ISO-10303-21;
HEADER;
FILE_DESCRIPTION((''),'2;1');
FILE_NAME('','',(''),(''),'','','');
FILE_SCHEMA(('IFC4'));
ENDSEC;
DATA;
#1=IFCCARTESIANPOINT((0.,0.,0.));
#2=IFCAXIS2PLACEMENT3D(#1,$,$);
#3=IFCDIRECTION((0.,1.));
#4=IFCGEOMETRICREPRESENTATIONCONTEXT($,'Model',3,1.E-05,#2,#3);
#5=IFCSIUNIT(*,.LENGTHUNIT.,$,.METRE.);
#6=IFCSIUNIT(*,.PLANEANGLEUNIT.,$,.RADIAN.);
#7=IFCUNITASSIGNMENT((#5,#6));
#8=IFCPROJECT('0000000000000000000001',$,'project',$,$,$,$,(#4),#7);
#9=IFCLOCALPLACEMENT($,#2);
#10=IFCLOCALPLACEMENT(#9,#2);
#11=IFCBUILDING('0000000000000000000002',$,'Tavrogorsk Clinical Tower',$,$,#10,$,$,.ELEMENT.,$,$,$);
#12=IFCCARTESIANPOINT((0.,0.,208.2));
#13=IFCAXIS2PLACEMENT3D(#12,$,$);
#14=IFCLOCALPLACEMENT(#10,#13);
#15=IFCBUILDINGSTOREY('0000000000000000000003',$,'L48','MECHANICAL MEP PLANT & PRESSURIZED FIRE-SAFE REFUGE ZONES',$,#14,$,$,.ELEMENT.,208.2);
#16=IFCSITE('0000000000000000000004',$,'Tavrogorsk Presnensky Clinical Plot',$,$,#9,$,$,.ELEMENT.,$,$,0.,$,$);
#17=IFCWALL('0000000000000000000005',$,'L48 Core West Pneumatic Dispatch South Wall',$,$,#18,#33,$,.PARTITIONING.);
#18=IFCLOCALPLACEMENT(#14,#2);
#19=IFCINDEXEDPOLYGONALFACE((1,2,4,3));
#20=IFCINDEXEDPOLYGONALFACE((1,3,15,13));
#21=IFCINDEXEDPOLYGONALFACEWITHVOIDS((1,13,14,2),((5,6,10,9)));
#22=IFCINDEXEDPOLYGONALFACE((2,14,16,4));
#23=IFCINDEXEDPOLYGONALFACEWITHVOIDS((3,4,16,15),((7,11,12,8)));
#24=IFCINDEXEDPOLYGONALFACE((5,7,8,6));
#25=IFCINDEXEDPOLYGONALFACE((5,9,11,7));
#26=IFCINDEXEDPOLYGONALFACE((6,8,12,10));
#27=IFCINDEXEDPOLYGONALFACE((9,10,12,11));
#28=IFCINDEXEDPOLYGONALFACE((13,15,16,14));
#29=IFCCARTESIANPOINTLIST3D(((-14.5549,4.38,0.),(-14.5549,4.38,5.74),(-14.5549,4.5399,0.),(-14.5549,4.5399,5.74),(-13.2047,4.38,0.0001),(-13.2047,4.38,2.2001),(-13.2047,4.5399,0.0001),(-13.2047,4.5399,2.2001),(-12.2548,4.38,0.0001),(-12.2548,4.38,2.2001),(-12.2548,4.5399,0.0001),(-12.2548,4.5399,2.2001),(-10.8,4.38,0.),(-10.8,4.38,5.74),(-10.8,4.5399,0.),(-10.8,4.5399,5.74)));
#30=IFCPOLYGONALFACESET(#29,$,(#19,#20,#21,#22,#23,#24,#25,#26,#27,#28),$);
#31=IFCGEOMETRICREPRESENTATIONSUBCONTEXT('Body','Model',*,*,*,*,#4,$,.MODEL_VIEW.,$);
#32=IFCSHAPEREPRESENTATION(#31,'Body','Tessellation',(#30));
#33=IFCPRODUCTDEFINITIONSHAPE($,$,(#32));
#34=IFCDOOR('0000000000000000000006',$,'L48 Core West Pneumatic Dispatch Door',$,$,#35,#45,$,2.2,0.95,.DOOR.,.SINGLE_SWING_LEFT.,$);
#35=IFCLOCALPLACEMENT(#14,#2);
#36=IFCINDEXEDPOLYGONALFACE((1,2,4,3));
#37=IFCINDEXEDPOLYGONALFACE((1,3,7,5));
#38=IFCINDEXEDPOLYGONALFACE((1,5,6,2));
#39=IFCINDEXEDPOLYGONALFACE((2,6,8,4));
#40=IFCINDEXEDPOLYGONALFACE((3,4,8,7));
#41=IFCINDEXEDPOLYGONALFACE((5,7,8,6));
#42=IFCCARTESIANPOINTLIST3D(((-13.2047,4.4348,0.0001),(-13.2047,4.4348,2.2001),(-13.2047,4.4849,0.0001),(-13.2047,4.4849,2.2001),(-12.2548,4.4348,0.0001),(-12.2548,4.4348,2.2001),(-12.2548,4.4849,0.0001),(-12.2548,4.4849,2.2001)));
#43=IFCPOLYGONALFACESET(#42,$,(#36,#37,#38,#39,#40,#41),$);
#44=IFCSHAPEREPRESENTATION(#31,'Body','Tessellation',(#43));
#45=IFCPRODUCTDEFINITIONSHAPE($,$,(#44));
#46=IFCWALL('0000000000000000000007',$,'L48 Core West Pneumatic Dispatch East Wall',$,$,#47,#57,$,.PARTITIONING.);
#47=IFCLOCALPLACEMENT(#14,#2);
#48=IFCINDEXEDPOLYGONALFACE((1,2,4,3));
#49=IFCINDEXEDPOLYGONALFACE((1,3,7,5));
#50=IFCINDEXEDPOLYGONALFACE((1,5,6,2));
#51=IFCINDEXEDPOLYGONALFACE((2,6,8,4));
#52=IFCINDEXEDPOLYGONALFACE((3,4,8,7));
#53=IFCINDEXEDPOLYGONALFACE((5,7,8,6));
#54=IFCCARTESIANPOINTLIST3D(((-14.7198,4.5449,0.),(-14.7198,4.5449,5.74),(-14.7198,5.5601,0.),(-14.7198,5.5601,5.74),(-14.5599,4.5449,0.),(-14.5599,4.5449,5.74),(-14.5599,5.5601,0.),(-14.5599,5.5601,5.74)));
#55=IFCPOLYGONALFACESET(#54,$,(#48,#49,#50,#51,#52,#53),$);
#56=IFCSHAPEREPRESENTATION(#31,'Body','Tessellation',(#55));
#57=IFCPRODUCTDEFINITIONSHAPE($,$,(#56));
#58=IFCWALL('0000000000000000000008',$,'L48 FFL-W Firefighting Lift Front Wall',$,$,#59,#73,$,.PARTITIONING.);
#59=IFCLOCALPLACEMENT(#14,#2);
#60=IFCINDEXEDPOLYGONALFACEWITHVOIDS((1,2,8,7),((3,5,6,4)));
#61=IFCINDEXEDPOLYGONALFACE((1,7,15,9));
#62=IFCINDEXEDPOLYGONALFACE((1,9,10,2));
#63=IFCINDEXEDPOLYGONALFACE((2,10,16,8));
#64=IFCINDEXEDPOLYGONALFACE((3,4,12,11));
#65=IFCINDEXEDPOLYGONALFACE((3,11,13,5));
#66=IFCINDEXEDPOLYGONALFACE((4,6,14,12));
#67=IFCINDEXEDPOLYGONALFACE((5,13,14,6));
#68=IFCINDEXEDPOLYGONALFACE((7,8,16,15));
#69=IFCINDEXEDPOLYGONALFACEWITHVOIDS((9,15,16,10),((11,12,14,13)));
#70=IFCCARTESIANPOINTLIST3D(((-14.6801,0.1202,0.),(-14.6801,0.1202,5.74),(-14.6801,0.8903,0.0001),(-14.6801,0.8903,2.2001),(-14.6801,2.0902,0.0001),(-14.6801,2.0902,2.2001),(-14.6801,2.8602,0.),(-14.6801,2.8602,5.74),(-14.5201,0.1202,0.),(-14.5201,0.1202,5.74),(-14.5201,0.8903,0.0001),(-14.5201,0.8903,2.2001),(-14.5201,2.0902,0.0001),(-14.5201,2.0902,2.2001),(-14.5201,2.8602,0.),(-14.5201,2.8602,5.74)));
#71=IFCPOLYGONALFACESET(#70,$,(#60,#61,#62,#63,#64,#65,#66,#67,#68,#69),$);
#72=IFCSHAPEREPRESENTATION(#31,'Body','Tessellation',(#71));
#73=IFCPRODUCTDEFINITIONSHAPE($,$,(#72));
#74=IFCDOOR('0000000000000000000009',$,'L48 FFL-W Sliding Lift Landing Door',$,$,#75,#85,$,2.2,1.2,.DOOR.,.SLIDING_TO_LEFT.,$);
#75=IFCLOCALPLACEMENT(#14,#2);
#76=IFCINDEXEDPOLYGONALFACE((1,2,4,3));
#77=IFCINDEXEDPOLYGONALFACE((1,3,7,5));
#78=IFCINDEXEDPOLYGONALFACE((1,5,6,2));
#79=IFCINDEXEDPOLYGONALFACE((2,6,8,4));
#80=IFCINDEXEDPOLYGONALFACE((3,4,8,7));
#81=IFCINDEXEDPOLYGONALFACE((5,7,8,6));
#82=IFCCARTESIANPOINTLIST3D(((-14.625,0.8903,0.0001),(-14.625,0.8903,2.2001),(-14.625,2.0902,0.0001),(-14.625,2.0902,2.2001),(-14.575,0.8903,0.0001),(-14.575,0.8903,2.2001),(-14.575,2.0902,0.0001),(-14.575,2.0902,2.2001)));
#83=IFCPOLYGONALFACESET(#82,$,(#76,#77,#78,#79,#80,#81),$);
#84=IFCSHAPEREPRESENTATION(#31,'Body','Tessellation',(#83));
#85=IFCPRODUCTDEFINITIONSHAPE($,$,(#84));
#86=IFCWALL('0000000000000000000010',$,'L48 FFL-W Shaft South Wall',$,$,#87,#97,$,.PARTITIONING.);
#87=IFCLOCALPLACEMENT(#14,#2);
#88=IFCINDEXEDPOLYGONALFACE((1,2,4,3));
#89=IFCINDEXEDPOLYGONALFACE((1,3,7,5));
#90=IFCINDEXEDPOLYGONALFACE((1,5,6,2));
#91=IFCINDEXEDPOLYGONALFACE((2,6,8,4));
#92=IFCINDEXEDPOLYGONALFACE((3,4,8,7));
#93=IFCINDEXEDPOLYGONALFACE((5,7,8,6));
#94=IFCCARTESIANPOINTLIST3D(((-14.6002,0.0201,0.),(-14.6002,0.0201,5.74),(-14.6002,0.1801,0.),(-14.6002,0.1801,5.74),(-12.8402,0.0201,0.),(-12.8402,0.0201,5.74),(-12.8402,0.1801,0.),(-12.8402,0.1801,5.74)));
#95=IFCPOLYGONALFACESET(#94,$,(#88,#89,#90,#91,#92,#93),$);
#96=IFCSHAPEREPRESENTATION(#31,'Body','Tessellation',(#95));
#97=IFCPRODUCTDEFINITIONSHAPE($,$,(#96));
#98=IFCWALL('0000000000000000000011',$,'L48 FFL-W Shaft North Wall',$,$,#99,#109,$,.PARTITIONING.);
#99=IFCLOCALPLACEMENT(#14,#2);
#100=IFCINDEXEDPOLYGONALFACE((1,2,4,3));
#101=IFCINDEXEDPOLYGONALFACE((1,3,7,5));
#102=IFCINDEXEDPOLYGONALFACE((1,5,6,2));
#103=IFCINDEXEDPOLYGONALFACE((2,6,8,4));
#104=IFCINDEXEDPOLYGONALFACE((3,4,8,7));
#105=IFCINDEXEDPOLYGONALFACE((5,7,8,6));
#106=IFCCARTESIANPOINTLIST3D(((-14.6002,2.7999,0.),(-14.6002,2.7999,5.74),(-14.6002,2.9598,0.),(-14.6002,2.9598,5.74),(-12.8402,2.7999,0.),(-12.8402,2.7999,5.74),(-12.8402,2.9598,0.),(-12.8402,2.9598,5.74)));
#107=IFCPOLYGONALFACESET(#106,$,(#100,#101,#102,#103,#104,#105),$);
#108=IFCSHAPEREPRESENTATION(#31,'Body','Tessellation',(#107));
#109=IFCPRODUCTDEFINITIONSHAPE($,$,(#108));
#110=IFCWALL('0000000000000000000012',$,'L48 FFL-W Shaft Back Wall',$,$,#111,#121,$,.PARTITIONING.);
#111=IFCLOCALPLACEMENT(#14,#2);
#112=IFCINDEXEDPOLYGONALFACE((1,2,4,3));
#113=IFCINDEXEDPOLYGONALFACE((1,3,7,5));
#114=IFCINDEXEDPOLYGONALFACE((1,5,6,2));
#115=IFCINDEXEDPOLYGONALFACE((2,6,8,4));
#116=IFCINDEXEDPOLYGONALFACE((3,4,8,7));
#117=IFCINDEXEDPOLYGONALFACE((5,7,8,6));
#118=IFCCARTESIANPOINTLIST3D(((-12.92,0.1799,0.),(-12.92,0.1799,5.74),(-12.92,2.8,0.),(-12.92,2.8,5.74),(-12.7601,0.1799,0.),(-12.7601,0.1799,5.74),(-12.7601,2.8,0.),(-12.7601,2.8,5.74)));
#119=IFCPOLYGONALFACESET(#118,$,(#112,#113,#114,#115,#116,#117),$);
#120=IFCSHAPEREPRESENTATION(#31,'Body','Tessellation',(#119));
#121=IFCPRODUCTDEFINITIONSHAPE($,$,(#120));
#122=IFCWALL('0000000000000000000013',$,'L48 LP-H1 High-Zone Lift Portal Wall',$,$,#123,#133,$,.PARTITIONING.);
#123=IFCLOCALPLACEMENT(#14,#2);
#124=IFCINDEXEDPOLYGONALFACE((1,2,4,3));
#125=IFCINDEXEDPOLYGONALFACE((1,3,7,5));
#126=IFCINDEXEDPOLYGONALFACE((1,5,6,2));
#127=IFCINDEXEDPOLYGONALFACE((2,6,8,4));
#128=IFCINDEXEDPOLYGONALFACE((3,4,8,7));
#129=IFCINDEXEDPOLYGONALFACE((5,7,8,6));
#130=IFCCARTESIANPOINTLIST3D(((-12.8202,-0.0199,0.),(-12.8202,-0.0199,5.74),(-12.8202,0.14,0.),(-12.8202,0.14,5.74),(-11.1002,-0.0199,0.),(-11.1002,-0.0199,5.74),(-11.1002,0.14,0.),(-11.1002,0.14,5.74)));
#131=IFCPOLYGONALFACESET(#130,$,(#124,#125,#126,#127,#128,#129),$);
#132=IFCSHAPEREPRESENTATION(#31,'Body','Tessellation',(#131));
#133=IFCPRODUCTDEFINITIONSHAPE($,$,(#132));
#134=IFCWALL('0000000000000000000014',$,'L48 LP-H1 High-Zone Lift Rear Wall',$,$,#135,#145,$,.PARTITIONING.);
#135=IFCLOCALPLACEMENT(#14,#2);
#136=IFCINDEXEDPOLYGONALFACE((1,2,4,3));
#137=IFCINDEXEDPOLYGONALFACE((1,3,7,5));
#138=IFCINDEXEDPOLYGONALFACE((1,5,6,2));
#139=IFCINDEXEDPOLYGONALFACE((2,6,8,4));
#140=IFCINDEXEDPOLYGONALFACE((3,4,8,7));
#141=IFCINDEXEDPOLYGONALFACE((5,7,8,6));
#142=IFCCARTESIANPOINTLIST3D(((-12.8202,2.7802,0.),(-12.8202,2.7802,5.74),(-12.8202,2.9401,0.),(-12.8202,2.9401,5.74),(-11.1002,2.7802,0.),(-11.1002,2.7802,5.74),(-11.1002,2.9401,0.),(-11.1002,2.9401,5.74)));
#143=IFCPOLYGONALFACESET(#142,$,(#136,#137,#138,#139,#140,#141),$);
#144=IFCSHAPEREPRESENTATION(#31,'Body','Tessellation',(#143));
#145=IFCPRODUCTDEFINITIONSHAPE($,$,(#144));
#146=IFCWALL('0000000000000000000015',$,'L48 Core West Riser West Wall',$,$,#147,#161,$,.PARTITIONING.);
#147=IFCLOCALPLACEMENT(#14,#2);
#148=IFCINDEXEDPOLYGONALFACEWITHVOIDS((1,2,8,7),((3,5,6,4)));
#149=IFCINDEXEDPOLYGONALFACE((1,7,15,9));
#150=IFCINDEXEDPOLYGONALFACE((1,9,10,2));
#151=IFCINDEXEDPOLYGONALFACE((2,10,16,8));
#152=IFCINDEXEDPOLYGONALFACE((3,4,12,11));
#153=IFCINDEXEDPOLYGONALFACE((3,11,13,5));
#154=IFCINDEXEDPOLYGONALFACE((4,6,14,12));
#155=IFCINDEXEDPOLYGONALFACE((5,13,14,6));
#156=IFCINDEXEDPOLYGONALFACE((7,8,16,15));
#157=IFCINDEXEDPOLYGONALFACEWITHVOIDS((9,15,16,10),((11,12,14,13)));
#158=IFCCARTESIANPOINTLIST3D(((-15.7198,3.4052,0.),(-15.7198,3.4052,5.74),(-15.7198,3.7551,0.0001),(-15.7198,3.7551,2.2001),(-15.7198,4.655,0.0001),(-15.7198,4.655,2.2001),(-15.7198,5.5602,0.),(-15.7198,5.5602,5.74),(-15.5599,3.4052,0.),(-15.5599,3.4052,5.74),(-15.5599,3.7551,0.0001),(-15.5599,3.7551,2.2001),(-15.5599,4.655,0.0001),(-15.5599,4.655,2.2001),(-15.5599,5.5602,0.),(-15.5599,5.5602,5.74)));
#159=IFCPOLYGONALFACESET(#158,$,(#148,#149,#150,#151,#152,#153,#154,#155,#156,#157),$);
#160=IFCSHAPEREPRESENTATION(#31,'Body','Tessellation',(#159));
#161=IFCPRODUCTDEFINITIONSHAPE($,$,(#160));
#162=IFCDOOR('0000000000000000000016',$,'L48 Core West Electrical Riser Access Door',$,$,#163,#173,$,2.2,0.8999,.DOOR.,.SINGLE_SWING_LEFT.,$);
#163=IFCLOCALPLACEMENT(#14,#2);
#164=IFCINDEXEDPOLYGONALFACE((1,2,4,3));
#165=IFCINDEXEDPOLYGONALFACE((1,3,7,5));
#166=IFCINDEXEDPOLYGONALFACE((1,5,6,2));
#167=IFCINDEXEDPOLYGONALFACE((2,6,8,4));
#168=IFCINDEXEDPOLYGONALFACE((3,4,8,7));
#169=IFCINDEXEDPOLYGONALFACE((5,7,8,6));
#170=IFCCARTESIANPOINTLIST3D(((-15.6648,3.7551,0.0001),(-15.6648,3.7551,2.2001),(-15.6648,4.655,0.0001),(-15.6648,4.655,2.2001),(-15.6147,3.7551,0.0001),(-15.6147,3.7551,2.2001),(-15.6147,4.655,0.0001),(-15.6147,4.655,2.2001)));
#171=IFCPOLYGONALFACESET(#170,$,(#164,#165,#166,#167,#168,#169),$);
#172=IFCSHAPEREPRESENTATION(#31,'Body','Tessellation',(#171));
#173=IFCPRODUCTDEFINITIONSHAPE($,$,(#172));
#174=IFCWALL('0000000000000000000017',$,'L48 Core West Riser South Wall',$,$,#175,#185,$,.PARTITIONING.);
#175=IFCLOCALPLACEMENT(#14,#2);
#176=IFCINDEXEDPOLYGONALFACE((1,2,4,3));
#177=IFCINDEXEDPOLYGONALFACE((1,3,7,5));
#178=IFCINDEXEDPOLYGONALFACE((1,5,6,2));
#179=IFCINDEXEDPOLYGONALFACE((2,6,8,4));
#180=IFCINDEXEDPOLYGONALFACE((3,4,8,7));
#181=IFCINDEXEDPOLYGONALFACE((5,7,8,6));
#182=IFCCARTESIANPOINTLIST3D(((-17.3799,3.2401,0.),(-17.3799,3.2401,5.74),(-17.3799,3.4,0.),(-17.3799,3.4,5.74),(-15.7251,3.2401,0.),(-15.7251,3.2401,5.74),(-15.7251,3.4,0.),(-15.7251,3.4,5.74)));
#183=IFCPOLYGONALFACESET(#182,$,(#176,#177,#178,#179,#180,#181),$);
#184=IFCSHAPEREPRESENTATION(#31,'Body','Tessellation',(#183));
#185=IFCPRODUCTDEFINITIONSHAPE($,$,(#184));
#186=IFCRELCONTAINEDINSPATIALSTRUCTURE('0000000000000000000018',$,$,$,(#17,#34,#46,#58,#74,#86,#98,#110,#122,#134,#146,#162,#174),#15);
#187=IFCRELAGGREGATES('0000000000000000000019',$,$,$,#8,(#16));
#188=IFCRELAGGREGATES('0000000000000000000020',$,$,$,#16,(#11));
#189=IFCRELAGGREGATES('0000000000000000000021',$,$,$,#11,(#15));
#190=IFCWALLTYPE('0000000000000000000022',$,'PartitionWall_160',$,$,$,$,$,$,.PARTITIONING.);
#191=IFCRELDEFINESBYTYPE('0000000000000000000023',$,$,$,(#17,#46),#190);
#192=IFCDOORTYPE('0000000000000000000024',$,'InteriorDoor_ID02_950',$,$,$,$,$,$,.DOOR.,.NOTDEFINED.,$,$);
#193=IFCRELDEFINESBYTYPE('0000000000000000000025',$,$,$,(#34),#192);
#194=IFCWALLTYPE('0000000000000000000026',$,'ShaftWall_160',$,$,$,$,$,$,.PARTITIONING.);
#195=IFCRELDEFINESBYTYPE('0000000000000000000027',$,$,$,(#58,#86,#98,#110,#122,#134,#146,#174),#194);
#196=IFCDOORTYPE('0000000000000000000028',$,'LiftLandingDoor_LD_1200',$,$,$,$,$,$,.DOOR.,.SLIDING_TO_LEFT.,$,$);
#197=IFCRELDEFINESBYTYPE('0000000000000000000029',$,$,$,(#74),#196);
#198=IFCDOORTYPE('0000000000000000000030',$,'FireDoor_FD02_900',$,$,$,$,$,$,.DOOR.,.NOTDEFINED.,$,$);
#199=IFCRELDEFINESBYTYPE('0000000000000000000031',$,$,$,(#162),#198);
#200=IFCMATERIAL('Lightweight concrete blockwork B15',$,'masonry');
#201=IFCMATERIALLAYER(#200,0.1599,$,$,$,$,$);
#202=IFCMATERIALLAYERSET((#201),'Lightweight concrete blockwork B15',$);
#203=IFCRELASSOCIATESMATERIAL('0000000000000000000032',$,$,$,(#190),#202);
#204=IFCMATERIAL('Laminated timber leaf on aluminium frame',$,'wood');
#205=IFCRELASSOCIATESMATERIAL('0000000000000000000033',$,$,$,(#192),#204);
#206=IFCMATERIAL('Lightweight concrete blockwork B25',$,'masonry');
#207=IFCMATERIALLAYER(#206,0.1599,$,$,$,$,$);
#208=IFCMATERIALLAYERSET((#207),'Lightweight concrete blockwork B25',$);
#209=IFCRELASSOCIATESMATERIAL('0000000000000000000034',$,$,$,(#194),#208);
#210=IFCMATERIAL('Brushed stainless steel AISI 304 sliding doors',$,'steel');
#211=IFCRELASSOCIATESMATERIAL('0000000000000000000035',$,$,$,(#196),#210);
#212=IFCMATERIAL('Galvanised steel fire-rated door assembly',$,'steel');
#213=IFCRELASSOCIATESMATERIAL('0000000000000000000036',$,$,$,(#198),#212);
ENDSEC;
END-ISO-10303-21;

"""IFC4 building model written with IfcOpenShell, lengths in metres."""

from ifc_helpers import new_model, si_unit, direction, frame, frame_2d, origin, place, context, subcontext, project, spatial, rectangle, extrude, material, layer, layer_set, type_object, element, fill, save


model = new_model("IFC4")

# Units and contexts
model_context = context("Model", 3, precision=1e-05, world=origin(), true_north=direction((0.0, 1.0)))
body_context = subcontext(model_context, "Body", "Model", "MODEL_VIEW")
ifc_project = project(units=[si_unit("LENGTHUNIT", "METRE"), si_unit("PLANEANGLEUNIT", "RADIAN")], contexts=[model_context])

# Site, building, storey
site_placement = place(None, origin())
site = spatial("IfcSite", under=ifc_project, at=site_placement, Name="Tavrogorsk Presnensky Clinical Plot", CompositionType="ELEMENT", RefElevation=0.0)
building_placement = place(site_placement, origin())
building = spatial("IfcBuilding", under=site, at=building_placement, Name="Tavrogorsk Clinical Tower", CompositionType="ELEMENT")
storey_placement = place(building_placement, frame((0.0, 0.0, 208.2)))
storey = spatial("IfcBuildingStorey", under=building, at=storey_placement, Name="L48", Description="MECHANICAL MEP PLANT & PRESSURIZED FIRE-SAFE REFUGE ZONES", CompositionType="ELEMENT", Elevation=208.2)

# Wall, opening, door
ifc_material_1 = material(Name="Lightweight concrete blockwork B15", Category="masonry")
ifc_layer_1 = layer(ifc_material_1, 0.1599)
ifc_layer_set_1 = layer_set([ifc_layer_1], Name="Lightweight concrete blockwork B15")
wall_type_1 = type_object("IfcWallType", Name="PartitionWall_160", PredefinedType="PARTITIONING", material=ifc_layer_set_1)
wall_1_placement = place(storey_placement, frame((-14.5549, 4.46, 0.0), z_axis=(0.0, 0.0, 1.0), x_axis=(1.0, 0.0, 0.0)))
wall_1 = element("IfcWall", 1, at=wall_1_placement, inside=storey, type_object=wall_type_1, Name="L48 Core West Pneumatic Dispatch South Wall", PredefinedType="PARTITIONING", context=body_context, shape_type="SweptSolid", body=[
    extrude(rectangle(XDim=3.7549, YDim=0.1599, at=frame_2d((1.8774, 0.0))), origin(), (0.0, 0.0, 1.0), 5.74),
])
opening_1_placement = place(wall_1_placement, frame((1.3501, 0.0, 0.0)))
opening_1 = element("IfcOpeningElement", 2, at=opening_1_placement, cuts=wall_1, PredefinedType="OPENING", context=body_context, shape_type="SweptSolid", body=[
    extrude(rectangle(XDim=0.95, YDim=2.2, at=frame_2d((0.4751, 1.1001))), frame((0.0, 0.0898, 0.0), z_axis=(0.0, -1.0, 0.0), x_axis=(1.0, 0.0, 0.0)), (0.0, 0.0, 1.0), 0.1799),
])
ifc_material_2 = material(Name="Laminated timber leaf on aluminium frame", Category="wood")
door_type_1 = type_object("IfcDoorType", Name="InteriorDoor_ID02_950", OperationType="NOTDEFINED", PredefinedType="DOOR", material=ifc_material_2)
door_1_placement = place(opening_1_placement, origin())
door_1 = element("IfcDoor", 3, at=door_1_placement, inside=storey, type_object=door_type_1, Name="L48 Core West Pneumatic Dispatch Door", OperationType="SINGLE_SWING_LEFT", OverallHeight=2.2, OverallWidth=0.95, PredefinedType="DOOR", context=body_context, shape_type="SweptSolid", body=[
    extrude(rectangle(XDim=0.95, YDim=2.2, at=frame_2d((0.4751, 1.1001))), frame((0.0, 0.0249, 0.0), z_axis=(0.0, -1.0, 0.0), x_axis=(1.0, 0.0, 0.0)), (0.0, 0.0, 1.0), 0.05),
])
fill(opening_1, door_1)

# Wall
wall_2_placement = place(storey_placement, frame((-14.6399, 4.5449, 0.0), z_axis=(0.0, 0.0, 1.0), x_axis=(0.0, 1.0, 0.0)))
element("IfcWall", 4, at=wall_2_placement, inside=storey, type_object=wall_type_1, Name="L48 Core West Pneumatic Dispatch East Wall", PredefinedType="PARTITIONING", context=body_context, shape_type="SweptSolid", body=[
    extrude(rectangle(XDim=1.0151, YDim=0.1599, at=frame_2d((0.5076, 0.0))), origin(), (0.0, 0.0, 1.0), 5.74),
])

# Wall, opening, door
ifc_material_3 = material(Name="Lightweight concrete blockwork B25", Category="masonry")
ifc_layer_2 = layer(ifc_material_3, 0.1599)
ifc_layer_set_2 = layer_set([ifc_layer_2], Name="Lightweight concrete blockwork B25")
wall_type_2 = type_object("IfcWallType", Name="ShaftWall_160", PredefinedType="PARTITIONING", material=ifc_layer_set_2)
wall_3_placement = place(storey_placement, frame((-14.6001, 0.1201, 0.0), z_axis=(0.0, 0.0, 1.0), x_axis=(0.0, 1.0, 0.0)))
wall_3 = element("IfcWall", 5, at=wall_3_placement, inside=storey, type_object=wall_type_2, Name="L48 FFL-W Firefighting Lift Front Wall", PredefinedType="PARTITIONING", context=body_context, shape_type="SweptSolid", body=[
    extrude(rectangle(XDim=2.74, YDim=0.1599, at=frame_2d((1.3701, 0.0))), origin(), (0.0, 0.0, 1.0), 5.74),
])
opening_2_placement = place(wall_3_placement, frame((0.77, 0.0, 0.0)))
opening_2 = element("IfcOpeningElement", 6, at=opening_2_placement, cuts=wall_3, PredefinedType="OPENING", context=body_context, shape_type="SweptSolid", body=[
    extrude(rectangle(XDim=1.2, YDim=2.2, at=frame_2d((0.6001, 1.1001))), frame((0.0, 0.0898, 0.0), z_axis=(0.0, -1.0, 0.0), x_axis=(1.0, 0.0, 0.0)), (0.0, 0.0, 1.0), 0.1799),
])
ifc_material_4 = material(Name="Brushed stainless steel AISI 304 sliding doors", Category="steel")
door_type_2 = type_object("IfcDoorType", Name="LiftLandingDoor_LD_1200", OperationType="SLIDING_TO_LEFT", PredefinedType="DOOR", material=ifc_material_4)
door_2_placement = place(opening_2_placement, origin())
door_2 = element("IfcDoor", 7, at=door_2_placement, inside=storey, type_object=door_type_2, Name="L48 FFL-W Sliding Lift Landing Door", OperationType="SLIDING_TO_LEFT", OverallHeight=2.2, OverallWidth=1.2, PredefinedType="DOOR", context=body_context, shape_type="SweptSolid", body=[
    extrude(rectangle(XDim=1.2, YDim=2.2, at=frame_2d((0.6001, 1.1001))), frame((0.0, 0.0249, 0.0), z_axis=(0.0, -1.0, 0.0), x_axis=(1.0, 0.0, 0.0)), (0.0, 0.0, 1.0), 0.05),
])
fill(opening_2, door_2)

# Walls
for number, where, z_axis, x_axis, name in (
    (8, (-14.6001, 0.1001, 0.0), (0.0, 0.0, 1.0), (1.0, 0.0, 0.0), "L48 FFL-W Shaft South Wall"),
    (9, (-14.6001, 2.8799, 0.0), (0.0, 0.0, 1.0), (1.0, 0.0, 0.0), "L48 FFL-W Shaft North Wall"),
):
    element("IfcWall", number, at=place(storey_placement, frame(where, z_axis=z_axis, x_axis=x_axis)), inside=storey, type_object=wall_type_2, Name=name, PredefinedType="PARTITIONING", context=body_context, shape_type="SweptSolid", body=[
        extrude(rectangle(XDim=1.76, YDim=0.1599, at=frame_2d((0.8799, 0.0))), origin(), (0.0, 0.0, 1.0), 5.74),
    ])
wall_4_placement = place(storey_placement, frame((-12.8401, 0.1799, 0.0), z_axis=(0.0, 0.0, 1.0), x_axis=(0.0, 1.0, 0.0)))
element("IfcWall", 10, at=wall_4_placement, inside=storey, type_object=wall_type_2, Name="L48 FFL-W Shaft Back Wall", PredefinedType="PARTITIONING", context=body_context, shape_type="SweptSolid", body=[
    extrude(rectangle(XDim=2.6201, YDim=0.1599, at=frame_2d((1.3101, 0.0))), origin(), (0.0, 0.0, 1.0), 5.74),
])
for number, where, z_axis, x_axis, name in (
    (11, (-12.8201, 0.0601, 0.0), (0.0, 0.0, 1.0), (1.0, 0.0, 0.0), "L48 LP-H1 High-Zone Lift Portal Wall"),
    (12, (-12.8201, 2.8601, 0.0), (0.0, 0.0, 1.0), (1.0, 0.0, 0.0), "L48 LP-H1 High-Zone Lift Rear Wall"),
):
    element("IfcWall", number, at=place(storey_placement, frame(where, z_axis=z_axis, x_axis=x_axis)), inside=storey, type_object=wall_type_2, Name=name, PredefinedType="PARTITIONING", context=body_context, shape_type="SweptSolid", body=[
        extrude(rectangle(XDim=1.72, YDim=0.1599, at=frame_2d((0.8599, 0.0))), origin(), (0.0, 0.0, 1.0), 5.74),
    ])

# Wall, opening, door
wall_5_placement = place(storey_placement, frame((-15.6399, 3.405, 0.0), z_axis=(0.0, 0.0, 1.0), x_axis=(0.0, 1.0, 0.0)))
wall_5 = element("IfcWall", 13, at=wall_5_placement, inside=storey, type_object=wall_type_2, Name="L48 Core West Riser West Wall", PredefinedType="PARTITIONING", context=body_context, shape_type="SweptSolid", body=[
    extrude(rectangle(XDim=2.155, YDim=0.1599, at=frame_2d((1.0776, 0.0))), origin(), (0.0, 0.0, 1.0), 5.74),
])
opening_3_placement = place(wall_5_placement, frame((0.3501, 0.0, 0.0)))
opening_3 = element("IfcOpeningElement", 14, at=opening_3_placement, cuts=wall_5, PredefinedType="OPENING", context=body_context, shape_type="SweptSolid", body=[
    extrude(rectangle(XDim=0.8999, YDim=2.2, at=frame_2d((0.45, 1.1001))), frame((0.0, 0.0898, 0.0), z_axis=(0.0, -1.0, 0.0), x_axis=(1.0, 0.0, 0.0)), (0.0, 0.0, 1.0), 0.1799),
])
ifc_material_5 = material(Name="Galvanised steel fire-rated door assembly", Category="steel")
door_type_3 = type_object("IfcDoorType", Name="FireDoor_FD02_900", OperationType="NOTDEFINED", PredefinedType="DOOR", material=ifc_material_5)
door_3_placement = place(opening_3_placement, origin())
door_3 = element("IfcDoor", 15, at=door_3_placement, inside=storey, type_object=door_type_3, Name="L48 Core West Electrical Riser Access Door", OperationType="SINGLE_SWING_LEFT", OverallHeight=2.2, OverallWidth=0.8999, PredefinedType="DOOR", context=body_context, shape_type="SweptSolid", body=[
    extrude(rectangle(XDim=0.8999, YDim=2.2, at=frame_2d((0.45, 1.1001))), frame((0.0, 0.0249, 0.0), z_axis=(0.0, -1.0, 0.0), x_axis=(1.0, 0.0, 0.0)), (0.0, 0.0, 1.0), 0.05),
])
fill(opening_3, door_3)

# Wall
wall_6_placement = place(storey_placement, frame((-17.3799, 3.3201, 0.0), z_axis=(0.0, 0.0, 1.0), x_axis=(1.0, 0.0, 0.0)))
element("IfcWall", 16, at=wall_6_placement, inside=storey, type_object=wall_type_2, Name="L48 Core West Riser South Wall", PredefinedType="PARTITIONING", context=body_context, shape_type="SweptSolid", body=[
    extrude(rectangle(XDim=1.6548, YDim=0.1599, at=frame_2d((0.8274, 0.0))), origin(), (0.0, 0.0, 1.0), 5.74),
])

save(model, "model.ifc")
